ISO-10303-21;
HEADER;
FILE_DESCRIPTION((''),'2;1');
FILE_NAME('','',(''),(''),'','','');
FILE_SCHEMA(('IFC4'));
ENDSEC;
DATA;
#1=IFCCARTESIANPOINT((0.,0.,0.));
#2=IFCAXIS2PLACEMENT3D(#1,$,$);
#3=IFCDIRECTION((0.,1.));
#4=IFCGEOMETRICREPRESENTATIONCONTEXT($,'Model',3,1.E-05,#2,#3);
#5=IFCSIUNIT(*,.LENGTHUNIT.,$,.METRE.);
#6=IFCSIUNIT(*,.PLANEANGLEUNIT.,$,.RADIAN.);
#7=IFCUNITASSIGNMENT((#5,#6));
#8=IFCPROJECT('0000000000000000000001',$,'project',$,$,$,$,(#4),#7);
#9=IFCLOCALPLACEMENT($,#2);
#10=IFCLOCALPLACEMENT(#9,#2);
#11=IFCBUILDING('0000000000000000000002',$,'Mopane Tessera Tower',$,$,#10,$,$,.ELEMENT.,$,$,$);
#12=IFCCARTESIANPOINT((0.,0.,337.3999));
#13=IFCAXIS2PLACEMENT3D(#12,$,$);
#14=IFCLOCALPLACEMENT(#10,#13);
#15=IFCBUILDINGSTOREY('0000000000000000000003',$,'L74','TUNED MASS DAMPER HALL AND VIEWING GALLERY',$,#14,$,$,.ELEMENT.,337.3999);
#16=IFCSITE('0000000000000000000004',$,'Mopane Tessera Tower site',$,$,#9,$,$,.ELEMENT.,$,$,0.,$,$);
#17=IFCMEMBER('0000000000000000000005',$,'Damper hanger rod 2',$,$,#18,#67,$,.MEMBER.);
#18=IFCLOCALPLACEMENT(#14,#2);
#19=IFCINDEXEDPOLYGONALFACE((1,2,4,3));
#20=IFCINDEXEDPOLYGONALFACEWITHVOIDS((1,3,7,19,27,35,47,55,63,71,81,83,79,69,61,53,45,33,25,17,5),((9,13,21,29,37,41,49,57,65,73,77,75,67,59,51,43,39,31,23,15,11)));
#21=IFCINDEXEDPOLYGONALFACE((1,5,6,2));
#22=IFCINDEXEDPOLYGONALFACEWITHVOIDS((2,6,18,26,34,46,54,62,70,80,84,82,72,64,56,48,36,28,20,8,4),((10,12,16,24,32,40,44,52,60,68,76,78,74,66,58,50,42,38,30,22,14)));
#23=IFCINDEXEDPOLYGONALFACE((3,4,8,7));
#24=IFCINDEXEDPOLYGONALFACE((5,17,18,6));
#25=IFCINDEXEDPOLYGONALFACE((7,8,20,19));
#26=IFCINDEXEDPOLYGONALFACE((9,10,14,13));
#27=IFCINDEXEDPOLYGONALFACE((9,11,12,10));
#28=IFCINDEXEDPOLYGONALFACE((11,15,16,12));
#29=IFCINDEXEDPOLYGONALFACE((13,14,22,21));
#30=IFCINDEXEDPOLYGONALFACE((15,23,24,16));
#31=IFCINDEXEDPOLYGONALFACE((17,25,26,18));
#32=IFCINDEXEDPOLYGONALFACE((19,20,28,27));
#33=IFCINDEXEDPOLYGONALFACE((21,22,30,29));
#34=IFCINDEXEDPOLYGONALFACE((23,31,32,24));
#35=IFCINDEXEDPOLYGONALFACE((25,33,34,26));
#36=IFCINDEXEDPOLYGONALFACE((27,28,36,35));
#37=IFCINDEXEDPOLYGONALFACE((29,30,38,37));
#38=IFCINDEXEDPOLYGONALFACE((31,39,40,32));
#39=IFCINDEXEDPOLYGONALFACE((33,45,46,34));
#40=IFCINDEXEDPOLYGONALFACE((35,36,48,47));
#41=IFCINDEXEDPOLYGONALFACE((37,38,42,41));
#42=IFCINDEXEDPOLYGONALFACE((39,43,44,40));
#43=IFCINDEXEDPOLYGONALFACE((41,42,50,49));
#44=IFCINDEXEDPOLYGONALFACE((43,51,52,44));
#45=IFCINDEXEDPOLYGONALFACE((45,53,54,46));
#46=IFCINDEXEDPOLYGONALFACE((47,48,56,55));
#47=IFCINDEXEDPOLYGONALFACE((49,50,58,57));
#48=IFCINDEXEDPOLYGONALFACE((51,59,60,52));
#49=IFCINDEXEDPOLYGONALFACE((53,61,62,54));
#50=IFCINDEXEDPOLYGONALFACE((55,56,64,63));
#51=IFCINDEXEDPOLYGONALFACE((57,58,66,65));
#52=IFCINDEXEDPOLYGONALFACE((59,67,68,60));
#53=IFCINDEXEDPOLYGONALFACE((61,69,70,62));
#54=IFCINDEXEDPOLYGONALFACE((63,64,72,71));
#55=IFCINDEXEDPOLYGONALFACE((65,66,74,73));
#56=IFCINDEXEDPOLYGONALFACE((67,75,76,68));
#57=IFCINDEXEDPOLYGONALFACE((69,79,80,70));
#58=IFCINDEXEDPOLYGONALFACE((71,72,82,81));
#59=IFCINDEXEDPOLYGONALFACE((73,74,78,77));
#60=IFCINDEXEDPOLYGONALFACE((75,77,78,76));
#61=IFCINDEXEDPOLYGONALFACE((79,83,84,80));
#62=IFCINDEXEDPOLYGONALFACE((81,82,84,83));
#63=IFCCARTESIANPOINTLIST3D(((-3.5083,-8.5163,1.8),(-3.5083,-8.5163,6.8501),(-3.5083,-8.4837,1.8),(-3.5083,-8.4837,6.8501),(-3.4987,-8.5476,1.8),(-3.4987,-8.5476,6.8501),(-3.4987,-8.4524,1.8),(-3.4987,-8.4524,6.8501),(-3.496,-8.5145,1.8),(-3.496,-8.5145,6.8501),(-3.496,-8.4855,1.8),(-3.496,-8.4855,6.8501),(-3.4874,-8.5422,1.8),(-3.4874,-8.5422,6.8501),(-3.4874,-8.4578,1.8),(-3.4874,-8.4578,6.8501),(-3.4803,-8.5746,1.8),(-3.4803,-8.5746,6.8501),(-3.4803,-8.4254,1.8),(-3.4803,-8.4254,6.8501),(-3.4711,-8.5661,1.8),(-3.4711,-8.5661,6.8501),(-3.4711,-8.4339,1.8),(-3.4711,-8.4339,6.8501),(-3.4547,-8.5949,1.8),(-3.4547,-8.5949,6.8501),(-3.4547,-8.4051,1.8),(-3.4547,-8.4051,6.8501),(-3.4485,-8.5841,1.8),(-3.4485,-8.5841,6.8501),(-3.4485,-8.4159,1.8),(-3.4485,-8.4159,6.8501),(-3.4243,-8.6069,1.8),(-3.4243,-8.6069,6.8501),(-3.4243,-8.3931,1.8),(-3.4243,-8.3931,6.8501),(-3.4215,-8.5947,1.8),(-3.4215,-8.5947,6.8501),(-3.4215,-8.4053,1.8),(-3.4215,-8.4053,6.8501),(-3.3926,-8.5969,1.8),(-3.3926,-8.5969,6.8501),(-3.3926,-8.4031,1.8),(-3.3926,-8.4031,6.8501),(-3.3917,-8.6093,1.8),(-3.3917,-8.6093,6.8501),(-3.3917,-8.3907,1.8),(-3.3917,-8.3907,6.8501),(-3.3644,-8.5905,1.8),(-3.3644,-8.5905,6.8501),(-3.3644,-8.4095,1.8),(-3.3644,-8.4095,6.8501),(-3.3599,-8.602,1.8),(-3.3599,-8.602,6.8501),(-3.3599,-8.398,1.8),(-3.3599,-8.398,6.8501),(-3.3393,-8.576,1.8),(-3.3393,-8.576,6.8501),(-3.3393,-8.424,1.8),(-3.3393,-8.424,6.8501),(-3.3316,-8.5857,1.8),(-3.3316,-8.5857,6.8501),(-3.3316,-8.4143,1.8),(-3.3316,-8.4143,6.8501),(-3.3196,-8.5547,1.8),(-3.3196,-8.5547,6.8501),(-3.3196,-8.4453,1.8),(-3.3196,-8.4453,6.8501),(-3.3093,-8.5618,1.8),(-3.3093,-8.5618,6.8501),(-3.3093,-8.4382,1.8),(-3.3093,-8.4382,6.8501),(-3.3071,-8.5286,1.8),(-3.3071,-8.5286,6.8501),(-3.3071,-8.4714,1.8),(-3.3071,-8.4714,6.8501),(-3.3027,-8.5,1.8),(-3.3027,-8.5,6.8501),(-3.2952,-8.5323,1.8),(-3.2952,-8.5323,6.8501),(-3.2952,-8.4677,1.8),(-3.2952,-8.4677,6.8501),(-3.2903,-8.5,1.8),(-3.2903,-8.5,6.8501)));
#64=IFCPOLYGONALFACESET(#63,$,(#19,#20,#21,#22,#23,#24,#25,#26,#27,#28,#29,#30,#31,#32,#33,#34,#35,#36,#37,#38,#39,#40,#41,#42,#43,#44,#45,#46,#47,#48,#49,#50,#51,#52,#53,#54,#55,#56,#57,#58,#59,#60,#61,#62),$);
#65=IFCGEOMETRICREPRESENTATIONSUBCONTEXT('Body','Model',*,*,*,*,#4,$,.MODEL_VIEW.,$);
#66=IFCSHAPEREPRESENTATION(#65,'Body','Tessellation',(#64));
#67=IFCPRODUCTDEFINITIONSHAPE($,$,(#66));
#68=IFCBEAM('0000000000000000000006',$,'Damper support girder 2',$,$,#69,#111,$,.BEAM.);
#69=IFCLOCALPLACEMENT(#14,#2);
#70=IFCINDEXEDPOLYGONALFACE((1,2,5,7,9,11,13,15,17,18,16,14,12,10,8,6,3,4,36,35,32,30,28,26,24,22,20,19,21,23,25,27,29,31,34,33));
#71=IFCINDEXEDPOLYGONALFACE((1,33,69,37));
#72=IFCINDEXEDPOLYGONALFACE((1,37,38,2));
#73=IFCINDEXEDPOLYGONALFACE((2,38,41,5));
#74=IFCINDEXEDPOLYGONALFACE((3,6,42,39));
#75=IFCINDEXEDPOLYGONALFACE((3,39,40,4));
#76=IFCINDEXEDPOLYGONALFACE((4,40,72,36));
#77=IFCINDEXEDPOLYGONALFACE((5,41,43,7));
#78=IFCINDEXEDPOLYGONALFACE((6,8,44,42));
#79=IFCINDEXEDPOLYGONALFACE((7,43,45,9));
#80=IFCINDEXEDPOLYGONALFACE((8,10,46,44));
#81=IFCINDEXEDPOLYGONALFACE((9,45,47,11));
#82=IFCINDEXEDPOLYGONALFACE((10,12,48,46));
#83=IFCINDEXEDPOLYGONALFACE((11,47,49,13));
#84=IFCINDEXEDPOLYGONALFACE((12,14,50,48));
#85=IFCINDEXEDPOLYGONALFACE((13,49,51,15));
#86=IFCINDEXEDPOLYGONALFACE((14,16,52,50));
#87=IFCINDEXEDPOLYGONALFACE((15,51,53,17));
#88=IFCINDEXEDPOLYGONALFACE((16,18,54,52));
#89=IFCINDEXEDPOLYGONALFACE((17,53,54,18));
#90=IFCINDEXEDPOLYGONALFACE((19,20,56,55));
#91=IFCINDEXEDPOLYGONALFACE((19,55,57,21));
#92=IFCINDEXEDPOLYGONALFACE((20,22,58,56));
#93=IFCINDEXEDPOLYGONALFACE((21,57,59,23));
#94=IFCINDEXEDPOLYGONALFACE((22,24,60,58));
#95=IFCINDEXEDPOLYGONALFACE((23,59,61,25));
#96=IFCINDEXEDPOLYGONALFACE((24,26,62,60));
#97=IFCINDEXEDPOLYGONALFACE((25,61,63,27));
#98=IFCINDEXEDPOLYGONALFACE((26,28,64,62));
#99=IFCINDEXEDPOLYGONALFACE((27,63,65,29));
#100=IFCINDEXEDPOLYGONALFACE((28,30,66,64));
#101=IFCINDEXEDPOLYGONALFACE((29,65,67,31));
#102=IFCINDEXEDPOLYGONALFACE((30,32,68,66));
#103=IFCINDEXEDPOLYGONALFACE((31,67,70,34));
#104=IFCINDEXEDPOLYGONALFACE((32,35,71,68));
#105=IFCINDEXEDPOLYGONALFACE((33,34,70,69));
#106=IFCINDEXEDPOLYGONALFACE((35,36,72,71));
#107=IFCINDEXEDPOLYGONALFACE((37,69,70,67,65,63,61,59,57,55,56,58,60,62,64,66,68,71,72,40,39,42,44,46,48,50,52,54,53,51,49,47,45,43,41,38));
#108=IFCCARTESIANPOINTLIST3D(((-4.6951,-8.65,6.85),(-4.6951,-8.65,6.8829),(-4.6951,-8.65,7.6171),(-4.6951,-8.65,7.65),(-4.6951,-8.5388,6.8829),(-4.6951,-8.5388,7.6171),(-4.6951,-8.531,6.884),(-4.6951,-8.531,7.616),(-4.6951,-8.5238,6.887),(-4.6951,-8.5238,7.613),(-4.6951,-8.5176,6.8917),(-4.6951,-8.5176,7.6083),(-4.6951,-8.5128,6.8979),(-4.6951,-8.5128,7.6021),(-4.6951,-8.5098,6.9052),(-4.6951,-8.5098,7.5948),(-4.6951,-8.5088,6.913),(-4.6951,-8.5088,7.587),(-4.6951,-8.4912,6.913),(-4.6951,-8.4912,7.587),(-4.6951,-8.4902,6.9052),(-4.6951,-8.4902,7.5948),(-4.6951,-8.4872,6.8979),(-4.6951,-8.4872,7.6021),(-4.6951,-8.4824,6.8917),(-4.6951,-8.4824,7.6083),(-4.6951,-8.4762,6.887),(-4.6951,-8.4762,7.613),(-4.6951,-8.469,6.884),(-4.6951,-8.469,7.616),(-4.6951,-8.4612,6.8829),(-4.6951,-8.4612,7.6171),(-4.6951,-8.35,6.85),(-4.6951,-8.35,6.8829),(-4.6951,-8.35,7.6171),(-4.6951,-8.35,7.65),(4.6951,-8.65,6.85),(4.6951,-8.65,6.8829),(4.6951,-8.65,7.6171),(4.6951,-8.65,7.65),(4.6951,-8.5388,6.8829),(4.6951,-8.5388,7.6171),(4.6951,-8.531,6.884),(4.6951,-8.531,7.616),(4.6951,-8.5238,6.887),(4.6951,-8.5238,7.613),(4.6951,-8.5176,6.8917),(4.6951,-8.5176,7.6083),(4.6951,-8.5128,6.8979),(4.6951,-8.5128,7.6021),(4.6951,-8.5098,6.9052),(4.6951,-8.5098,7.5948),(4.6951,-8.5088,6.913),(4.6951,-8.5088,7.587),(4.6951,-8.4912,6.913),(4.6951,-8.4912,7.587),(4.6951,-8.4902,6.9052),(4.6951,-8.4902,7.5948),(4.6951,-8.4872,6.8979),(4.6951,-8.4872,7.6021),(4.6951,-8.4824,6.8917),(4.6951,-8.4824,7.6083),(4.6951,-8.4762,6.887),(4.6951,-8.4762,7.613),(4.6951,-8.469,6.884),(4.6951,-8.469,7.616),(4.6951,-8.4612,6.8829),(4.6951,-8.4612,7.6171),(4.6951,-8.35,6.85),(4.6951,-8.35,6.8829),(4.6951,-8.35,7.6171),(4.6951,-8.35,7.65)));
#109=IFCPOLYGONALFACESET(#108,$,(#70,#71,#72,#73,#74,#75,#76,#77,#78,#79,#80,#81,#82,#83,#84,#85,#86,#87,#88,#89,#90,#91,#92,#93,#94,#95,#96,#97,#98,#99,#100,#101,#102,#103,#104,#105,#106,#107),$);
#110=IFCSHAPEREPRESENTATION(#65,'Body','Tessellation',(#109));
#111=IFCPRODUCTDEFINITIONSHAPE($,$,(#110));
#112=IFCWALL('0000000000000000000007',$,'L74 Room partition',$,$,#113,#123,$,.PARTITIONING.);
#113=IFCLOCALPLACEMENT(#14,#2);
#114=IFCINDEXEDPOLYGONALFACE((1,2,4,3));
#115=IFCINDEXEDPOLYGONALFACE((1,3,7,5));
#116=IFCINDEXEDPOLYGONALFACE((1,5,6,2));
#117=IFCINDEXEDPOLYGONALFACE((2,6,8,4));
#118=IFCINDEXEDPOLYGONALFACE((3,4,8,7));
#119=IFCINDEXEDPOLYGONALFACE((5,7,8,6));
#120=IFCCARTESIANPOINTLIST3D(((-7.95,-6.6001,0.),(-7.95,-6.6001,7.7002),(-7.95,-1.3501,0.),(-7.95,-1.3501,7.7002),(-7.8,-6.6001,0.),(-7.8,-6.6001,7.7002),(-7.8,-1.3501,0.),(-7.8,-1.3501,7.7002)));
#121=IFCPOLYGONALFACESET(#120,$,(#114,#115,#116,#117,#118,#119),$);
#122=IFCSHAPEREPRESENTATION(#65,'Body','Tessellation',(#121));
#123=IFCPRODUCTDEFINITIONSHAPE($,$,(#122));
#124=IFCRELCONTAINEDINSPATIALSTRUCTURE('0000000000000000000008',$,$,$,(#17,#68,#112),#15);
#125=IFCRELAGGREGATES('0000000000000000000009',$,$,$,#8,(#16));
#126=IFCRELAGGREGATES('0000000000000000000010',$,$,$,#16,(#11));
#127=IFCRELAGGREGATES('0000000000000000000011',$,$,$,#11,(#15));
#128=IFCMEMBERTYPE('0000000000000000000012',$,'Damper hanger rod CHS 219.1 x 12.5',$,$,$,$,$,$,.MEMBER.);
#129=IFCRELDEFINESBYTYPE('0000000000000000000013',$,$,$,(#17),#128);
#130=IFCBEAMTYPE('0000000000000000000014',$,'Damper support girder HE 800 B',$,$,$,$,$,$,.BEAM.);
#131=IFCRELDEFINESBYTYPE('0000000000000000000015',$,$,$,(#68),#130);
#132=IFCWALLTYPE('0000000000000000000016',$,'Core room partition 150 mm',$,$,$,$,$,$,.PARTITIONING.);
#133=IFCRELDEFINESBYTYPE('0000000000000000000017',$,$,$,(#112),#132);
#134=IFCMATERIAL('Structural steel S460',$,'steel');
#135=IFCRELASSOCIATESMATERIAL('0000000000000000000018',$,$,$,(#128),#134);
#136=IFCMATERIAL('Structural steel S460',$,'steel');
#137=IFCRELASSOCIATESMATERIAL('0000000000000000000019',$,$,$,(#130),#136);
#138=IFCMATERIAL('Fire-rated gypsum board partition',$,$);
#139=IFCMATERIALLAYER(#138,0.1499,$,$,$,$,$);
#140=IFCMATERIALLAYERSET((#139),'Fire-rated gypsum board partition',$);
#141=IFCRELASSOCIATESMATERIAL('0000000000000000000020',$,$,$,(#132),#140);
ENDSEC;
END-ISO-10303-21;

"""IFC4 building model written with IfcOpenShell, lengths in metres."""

from ifc_helpers import new_model, si_unit, direction, frame, frame_2d, origin, origin_2d, place, context, subcontext, project, spatial, rectangle, hollow_circle, i_section, extrude, material, layer, layer_set, material_profile, profile_set, type_object, element, save


model = new_model("IFC4")

# Units and contexts
model_context = context("Model", 3, precision=1e-05, world=origin(), true_north=direction((0.0, 1.0)))
body_context = subcontext(model_context, "Body", "Model", "MODEL_VIEW")
ifc_project = project(units=[si_unit("LENGTHUNIT", "METRE"), si_unit("PLANEANGLEUNIT", "RADIAN")], contexts=[model_context])

# Site, building, storey
site_placement = place(None, origin())
site = spatial("IfcSite", under=ifc_project, at=site_placement, Name="Mopane Tessera Tower site", CompositionType="ELEMENT", RefElevation=0.0)
building_placement = place(site_placement, origin())
building = spatial("IfcBuilding", under=site, at=building_placement, Name="Mopane Tessera Tower", CompositionType="ELEMENT")
storey_placement = place(building_placement, frame((0.0, 0.0, 337.3999)))
storey = spatial("IfcBuildingStorey", under=building, at=storey_placement, Name="L74", Description="TUNED MASS DAMPER HALL AND VIEWING GALLERY", CompositionType="ELEMENT", Elevation=337.3999)

# Member
ifc_material_1 = material(Name="Structural steel S460", Category="steel")
ifc_material_profile_1 = material_profile(ifc_material_1, hollow_circle(Radius=0.1096, WallThickness=0.0125, at=origin_2d()))
ifc_profile_set_1 = profile_set([ifc_material_profile_1], Name="Structural steel S460")
member_type = type_object("IfcMemberType", Name="Damper hanger rod CHS 219.1 x 12.5", PredefinedType="MEMBER", material=ifc_profile_set_1)
member_placement = place(storey_placement, frame((-3.3999, -8.5, 1.8), z_axis=(0.0, 0.0, 1.0), x_axis=(1.0, 0.0, 0.0)))
element("IfcMember", 1, at=member_placement, inside=storey, type_object=member_type, Name="Damper hanger rod 2", PredefinedType="MEMBER", context=body_context, shape_type="SweptSolid", body=[
    extrude(hollow_circle(Radius=0.1096, WallThickness=0.0125, at=origin_2d()), origin(), (0.0, 0.0, 1.0), 5.05),
])

# Beam
ifc_material_2 = material(Name="Structural steel S460", Category="steel")
ifc_material_profile_2 = material_profile(ifc_material_2, i_section(OverallWidth=0.3, OverallDepth=0.8, WebThickness=0.0176, FlangeThickness=0.033, FilletRadius=0.03, at=origin_2d()))
ifc_profile_set_2 = profile_set([ifc_material_profile_2], Name="Structural steel S460")
beam_type_1 = type_object("IfcBeamType", Name="Damper support girder HE 800 B", PredefinedType="BEAM", material=ifc_profile_set_2)
beam_1_placement = place(storey_placement, frame((-4.6951, -8.5, 7.25), z_axis=(1.0, 0.0, 0.0), x_axis=(0.0, 1.0, 0.0)))
element("IfcBeam", 2, at=beam_1_placement, inside=storey, type_object=beam_type_1, Name="Damper support girder 2", PredefinedType="BEAM", context=body_context, shape_type="SweptSolid", body=[
    extrude(i_section(OverallWidth=0.3, OverallDepth=0.8, WebThickness=0.0176, FlangeThickness=0.033, FilletRadius=0.03, at=origin_2d()), origin(), (0.0, 0.0, 1.0), 9.3901),
])

# Wall
ifc_material_3 = material(Name="Fire-rated gypsum board partition")
ifc_layer_1 = layer(ifc_material_3, 0.1499)
ifc_layer_set_1 = layer_set([ifc_layer_1], Name="Fire-rated gypsum board partition")
wall_type_1 = type_object("IfcWallType", Name="Core room partition 150 mm", PredefinedType="PARTITIONING", material=ifc_layer_set_1)
wall_1_placement = place(storey_placement, frame((-7.875, -6.6001, 0.0), z_axis=(0.0, 0.0, 1.0), x_axis=(0.0, 1.0, 0.0)))
element("IfcWall", 3, at=wall_1_placement, inside=storey, type_object=wall_type_1, Name="L74 Room partition", PredefinedType="PARTITIONING", context=body_context, shape_type="SweptSolid", body=[
    extrude(rectangle(XDim=5.25, YDim=0.1499, at=frame_2d((2.625, 0.0))), origin(), (0.0, 0.0, 1.0), 7.7002),
])

save(model, "model.ifc")
